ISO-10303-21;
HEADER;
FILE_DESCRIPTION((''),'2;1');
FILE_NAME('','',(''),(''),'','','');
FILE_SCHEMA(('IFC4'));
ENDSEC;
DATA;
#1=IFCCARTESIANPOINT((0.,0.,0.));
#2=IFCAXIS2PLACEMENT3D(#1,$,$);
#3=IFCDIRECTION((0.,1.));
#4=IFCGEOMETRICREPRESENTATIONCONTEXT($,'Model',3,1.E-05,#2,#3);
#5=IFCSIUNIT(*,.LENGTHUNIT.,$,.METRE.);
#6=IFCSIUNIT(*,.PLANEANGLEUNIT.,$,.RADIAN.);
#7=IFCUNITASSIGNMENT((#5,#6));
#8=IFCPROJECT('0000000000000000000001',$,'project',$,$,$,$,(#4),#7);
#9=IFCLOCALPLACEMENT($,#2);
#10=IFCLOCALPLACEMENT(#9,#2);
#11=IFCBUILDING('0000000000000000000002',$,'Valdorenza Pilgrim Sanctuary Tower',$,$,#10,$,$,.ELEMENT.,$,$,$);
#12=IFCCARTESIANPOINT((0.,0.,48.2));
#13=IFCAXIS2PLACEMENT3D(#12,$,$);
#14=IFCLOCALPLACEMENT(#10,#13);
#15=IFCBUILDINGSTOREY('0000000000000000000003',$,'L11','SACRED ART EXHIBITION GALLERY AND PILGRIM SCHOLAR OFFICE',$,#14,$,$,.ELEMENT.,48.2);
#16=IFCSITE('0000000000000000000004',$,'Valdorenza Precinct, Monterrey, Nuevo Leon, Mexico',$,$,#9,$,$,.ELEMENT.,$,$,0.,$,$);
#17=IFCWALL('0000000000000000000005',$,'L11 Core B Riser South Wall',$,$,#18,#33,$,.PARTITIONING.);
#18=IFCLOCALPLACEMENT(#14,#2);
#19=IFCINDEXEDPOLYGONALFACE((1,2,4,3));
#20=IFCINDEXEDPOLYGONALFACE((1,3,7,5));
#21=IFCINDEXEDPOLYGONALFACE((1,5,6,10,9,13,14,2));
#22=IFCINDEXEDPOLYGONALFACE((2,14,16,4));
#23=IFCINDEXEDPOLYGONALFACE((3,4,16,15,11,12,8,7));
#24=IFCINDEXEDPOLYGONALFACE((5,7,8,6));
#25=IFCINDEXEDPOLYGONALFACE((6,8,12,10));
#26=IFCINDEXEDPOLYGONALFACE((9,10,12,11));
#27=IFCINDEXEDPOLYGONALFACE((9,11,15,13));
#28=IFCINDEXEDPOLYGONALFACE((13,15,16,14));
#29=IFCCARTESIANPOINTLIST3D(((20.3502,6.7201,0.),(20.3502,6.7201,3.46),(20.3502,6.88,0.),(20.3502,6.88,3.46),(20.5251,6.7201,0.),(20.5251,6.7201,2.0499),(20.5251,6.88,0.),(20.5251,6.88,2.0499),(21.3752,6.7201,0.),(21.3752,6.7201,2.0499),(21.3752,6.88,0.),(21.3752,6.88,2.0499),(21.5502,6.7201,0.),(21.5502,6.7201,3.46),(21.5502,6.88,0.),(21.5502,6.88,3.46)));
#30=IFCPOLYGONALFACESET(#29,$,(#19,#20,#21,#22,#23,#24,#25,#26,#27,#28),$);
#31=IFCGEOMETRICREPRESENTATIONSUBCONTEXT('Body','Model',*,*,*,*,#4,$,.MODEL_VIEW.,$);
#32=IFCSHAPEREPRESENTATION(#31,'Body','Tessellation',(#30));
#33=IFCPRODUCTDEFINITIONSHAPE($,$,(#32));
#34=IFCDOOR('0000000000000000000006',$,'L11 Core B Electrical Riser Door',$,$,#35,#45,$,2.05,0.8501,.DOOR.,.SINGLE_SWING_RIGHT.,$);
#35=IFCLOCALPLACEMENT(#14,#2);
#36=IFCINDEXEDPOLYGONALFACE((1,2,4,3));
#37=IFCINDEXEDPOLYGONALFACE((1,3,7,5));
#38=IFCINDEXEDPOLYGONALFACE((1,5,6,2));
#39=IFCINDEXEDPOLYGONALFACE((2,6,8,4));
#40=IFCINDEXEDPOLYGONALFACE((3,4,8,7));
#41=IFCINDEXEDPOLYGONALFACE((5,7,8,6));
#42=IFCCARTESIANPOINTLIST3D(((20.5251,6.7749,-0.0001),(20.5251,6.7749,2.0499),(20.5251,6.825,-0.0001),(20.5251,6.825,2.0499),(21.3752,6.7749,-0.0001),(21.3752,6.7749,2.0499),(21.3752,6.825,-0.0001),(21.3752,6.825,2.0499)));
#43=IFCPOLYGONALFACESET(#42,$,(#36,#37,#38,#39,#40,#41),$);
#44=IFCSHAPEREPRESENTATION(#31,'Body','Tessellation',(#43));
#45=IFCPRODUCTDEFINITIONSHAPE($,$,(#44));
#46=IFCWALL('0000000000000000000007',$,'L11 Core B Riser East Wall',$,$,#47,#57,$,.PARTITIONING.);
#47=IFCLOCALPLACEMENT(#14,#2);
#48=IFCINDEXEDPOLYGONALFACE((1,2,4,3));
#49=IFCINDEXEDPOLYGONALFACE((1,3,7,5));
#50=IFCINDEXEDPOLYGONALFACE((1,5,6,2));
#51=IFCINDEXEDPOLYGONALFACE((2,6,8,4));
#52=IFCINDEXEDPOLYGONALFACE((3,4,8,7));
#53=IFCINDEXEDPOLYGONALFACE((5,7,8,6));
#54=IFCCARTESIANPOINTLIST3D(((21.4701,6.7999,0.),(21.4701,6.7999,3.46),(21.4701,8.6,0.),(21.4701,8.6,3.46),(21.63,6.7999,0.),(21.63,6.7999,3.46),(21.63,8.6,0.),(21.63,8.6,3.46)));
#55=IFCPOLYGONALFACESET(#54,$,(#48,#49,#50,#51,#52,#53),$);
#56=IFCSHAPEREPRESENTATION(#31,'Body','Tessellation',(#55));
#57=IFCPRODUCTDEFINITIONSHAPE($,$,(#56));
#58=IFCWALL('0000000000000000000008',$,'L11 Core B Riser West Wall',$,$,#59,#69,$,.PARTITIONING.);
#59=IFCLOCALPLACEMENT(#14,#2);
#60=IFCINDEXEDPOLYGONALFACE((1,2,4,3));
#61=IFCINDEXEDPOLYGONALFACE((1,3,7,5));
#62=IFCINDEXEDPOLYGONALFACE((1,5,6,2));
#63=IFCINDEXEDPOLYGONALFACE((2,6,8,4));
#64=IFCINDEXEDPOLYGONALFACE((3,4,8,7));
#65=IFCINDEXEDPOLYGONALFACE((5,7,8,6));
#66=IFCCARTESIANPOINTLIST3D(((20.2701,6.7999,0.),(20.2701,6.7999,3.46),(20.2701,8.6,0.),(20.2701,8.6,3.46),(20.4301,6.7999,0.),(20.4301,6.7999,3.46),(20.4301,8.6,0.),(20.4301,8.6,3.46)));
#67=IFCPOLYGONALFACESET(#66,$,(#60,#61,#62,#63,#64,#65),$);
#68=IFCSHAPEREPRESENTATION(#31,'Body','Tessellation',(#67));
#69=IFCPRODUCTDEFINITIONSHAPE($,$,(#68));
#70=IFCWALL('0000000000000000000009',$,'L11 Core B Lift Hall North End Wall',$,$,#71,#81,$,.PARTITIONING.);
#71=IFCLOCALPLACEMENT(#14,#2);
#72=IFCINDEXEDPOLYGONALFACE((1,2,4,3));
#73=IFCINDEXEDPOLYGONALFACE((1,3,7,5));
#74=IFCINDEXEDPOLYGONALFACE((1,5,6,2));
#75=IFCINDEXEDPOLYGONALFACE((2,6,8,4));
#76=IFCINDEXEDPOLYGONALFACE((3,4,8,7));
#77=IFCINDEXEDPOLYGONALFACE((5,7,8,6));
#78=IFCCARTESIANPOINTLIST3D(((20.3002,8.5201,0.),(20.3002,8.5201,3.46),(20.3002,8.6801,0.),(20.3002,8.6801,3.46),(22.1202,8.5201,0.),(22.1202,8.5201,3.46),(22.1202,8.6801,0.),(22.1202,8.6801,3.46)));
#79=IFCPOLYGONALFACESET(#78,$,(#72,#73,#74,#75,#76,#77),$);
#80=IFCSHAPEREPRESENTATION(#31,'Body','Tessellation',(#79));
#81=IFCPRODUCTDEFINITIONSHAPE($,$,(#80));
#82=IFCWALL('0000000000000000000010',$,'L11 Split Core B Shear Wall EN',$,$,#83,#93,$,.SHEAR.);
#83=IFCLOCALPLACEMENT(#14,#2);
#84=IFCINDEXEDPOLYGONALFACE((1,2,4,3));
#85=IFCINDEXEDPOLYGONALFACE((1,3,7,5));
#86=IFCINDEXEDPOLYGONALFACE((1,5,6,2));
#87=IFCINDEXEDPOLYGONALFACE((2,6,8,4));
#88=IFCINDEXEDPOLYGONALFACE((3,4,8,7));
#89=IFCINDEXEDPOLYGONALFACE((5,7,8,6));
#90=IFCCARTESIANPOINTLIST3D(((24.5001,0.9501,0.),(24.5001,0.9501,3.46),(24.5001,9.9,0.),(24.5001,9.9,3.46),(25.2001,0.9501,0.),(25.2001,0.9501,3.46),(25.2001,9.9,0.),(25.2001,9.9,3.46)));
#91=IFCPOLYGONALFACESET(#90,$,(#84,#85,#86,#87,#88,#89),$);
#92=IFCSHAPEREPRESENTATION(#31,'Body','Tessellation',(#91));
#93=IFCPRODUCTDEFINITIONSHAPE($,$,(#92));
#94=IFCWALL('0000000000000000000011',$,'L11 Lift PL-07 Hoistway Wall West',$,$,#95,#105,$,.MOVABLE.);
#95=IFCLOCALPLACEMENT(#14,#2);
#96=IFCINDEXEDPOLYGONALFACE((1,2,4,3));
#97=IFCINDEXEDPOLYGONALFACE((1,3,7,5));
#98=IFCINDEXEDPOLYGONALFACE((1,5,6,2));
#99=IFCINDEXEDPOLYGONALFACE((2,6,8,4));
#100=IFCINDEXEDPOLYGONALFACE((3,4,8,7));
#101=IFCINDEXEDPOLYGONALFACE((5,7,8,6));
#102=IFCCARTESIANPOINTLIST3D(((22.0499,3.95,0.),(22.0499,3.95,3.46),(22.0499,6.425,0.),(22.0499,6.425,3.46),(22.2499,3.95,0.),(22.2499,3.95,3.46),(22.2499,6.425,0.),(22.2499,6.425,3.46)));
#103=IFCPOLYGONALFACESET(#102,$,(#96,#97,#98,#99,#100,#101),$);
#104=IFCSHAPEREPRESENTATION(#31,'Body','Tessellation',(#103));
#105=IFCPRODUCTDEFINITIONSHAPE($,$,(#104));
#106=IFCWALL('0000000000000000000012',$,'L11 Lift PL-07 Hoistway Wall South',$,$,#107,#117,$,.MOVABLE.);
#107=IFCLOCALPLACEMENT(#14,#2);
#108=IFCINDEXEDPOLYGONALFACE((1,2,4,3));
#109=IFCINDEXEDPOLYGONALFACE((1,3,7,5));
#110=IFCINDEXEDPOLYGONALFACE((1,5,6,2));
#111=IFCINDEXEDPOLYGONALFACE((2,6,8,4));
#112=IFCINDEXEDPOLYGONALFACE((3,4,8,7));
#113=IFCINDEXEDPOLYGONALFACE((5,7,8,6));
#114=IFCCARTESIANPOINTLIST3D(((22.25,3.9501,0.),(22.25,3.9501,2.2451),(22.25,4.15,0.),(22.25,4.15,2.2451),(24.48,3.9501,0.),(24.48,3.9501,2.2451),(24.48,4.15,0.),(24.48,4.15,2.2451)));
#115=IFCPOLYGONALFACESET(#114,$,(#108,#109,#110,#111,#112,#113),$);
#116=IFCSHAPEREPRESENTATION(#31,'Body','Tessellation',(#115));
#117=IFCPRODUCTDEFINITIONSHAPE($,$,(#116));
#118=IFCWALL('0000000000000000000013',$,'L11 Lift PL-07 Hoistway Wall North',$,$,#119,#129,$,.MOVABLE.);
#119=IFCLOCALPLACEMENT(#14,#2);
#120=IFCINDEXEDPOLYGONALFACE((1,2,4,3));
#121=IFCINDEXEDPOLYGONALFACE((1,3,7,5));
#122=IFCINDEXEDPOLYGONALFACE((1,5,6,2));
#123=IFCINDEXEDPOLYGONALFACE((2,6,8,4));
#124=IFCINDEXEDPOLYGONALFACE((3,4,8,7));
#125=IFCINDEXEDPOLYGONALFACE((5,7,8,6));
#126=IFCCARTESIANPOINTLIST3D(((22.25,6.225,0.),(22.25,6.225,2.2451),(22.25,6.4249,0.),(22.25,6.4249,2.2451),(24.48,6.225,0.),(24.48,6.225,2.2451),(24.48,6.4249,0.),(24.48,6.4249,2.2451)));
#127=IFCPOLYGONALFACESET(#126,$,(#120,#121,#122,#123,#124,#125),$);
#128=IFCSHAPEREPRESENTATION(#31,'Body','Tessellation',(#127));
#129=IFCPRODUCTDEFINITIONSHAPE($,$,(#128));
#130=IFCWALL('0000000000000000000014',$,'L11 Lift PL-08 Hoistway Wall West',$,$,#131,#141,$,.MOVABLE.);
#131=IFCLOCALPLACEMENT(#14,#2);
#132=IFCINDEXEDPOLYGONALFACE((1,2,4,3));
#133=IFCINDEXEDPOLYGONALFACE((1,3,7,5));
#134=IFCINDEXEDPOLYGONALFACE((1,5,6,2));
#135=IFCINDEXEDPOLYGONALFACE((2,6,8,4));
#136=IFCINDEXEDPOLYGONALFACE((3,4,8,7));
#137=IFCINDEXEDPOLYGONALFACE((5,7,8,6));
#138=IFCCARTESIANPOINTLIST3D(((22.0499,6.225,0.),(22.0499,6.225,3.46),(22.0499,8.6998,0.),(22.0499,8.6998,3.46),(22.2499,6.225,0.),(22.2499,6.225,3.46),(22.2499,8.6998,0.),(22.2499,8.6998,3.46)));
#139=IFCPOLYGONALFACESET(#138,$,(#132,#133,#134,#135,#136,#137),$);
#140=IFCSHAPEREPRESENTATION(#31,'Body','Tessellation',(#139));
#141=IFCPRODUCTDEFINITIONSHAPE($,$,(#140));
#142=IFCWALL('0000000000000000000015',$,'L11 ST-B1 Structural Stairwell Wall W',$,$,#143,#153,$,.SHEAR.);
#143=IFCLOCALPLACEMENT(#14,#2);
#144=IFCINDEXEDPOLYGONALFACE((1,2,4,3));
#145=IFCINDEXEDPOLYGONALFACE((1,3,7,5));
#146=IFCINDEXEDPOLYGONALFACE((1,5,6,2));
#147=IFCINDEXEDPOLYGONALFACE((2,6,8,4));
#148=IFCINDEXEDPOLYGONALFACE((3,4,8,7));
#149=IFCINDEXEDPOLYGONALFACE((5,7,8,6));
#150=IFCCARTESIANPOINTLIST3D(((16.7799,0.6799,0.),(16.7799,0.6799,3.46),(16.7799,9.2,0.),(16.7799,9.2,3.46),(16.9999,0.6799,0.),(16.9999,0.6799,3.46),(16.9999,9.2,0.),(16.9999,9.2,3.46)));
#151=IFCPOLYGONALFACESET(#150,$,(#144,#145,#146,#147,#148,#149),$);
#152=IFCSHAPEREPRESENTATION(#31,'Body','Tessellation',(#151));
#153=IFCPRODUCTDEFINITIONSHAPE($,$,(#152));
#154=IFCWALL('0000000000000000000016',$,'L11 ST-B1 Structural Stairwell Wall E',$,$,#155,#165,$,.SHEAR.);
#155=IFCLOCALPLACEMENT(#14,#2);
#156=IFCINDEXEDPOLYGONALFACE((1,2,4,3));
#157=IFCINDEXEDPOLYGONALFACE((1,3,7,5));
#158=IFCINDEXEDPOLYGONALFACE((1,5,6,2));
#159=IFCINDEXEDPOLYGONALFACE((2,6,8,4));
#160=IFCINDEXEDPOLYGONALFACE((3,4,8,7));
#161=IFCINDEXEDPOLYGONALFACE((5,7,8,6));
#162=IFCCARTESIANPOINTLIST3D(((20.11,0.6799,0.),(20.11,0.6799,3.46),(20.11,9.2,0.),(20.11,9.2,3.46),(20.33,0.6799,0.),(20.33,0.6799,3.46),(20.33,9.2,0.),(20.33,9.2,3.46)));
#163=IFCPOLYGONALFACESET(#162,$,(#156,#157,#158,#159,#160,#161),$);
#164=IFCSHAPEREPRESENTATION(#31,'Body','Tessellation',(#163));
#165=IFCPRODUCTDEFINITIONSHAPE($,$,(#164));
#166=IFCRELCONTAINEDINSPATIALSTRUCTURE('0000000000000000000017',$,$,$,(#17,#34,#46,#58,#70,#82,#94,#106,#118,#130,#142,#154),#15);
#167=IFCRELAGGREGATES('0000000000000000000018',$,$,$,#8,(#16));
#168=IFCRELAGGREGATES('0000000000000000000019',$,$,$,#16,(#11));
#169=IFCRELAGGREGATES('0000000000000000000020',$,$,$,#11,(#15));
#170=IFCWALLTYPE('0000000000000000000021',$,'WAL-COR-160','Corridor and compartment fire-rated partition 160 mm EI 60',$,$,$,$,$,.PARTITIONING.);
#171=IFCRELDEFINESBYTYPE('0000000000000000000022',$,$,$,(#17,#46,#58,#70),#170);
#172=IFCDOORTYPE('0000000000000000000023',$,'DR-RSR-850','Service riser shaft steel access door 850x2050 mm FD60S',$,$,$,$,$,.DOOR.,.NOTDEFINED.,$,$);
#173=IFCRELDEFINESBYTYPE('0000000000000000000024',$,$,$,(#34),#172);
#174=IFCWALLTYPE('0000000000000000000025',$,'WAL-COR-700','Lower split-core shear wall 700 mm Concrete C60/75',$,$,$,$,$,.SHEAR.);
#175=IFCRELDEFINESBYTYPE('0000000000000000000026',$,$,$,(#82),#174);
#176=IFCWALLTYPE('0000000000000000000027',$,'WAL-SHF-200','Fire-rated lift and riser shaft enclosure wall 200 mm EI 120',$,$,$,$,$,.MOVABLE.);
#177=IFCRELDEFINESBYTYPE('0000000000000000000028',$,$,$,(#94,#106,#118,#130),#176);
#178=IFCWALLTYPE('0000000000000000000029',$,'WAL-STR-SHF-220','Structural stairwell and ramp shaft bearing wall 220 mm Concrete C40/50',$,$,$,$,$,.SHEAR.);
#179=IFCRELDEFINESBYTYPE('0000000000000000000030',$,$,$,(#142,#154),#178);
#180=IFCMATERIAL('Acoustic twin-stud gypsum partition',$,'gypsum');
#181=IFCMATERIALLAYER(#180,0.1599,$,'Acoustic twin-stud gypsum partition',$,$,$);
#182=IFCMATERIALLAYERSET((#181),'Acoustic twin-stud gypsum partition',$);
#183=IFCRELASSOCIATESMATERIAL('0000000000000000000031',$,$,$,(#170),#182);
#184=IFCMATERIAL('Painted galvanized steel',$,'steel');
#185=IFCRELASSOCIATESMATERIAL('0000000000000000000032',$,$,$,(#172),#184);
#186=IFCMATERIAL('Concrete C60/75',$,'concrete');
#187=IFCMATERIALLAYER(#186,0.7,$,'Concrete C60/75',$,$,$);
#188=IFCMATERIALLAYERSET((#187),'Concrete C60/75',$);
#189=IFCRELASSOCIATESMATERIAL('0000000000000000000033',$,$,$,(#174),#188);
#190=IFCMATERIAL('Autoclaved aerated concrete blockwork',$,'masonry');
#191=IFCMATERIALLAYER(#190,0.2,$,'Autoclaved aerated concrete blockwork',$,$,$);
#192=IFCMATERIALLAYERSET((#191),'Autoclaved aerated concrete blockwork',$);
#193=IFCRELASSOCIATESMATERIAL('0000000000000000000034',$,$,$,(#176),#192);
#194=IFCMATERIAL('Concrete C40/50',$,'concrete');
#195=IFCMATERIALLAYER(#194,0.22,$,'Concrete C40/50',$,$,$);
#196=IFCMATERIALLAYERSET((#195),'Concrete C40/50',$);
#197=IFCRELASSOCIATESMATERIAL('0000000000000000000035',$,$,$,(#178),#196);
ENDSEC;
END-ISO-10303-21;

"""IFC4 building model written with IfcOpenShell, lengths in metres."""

from ifc_helpers import new_model, si_unit, direction, frame, frame_2d, origin, place, context, subcontext, project, spatial, rectangle, extrude, material, layer, layer_set, type_object, element, fill, save


model = new_model("IFC4")

# Units and contexts
model_context = context("Model", 3, precision=1e-05, world=origin(), true_north=direction((0.0, 1.0)))
body_context = subcontext(model_context, "Body", "Model", "MODEL_VIEW")
ifc_project = project(units=[si_unit("LENGTHUNIT", "METRE"), si_unit("PLANEANGLEUNIT", "RADIAN")], contexts=[model_context])

# Site, building, storey
site_placement = place(None, origin())
site = spatial("IfcSite", under=ifc_project, at=site_placement, Name="Valdorenza Precinct, Monterrey, Nuevo Leon, Mexico", CompositionType="ELEMENT", RefElevation=0.0)
building_placement = place(site_placement, origin())
building = spatial("IfcBuilding", under=site, at=building_placement, Name="Valdorenza Pilgrim Sanctuary Tower", CompositionType="ELEMENT")
storey_placement = place(building_placement, frame((0.0, 0.0, 48.2)))
storey = spatial("IfcBuildingStorey", under=building, at=storey_placement, Name="L11", Description="SACRED ART EXHIBITION GALLERY AND PILGRIM SCHOLAR OFFICE", CompositionType="ELEMENT", Elevation=48.2)

# Wall, opening, door
ifc_material_1 = material(Name="Acoustic twin-stud gypsum partition", Category="gypsum")
ifc_layer_1 = layer(ifc_material_1, 0.1599, Name="Acoustic twin-stud gypsum partition")
ifc_layer_set_1 = layer_set([ifc_layer_1], Name="Acoustic twin-stud gypsum partition")
wall_type_1 = type_object("IfcWallType", Name="WAL-COR-160", Description="Corridor and compartment fire-rated partition 160 mm EI 60", PredefinedType="PARTITIONING", material=ifc_layer_set_1)
wall_1_placement = place(storey_placement, frame((20.3501, 6.8, 0.0), z_axis=(0.0, 0.0, 1.0), x_axis=(1.0, 0.0, 0.0)))
wall_1 = element("IfcWall", 1, at=wall_1_placement, inside=storey, type_object=wall_type_1, Name="L11 Core B Riser South Wall", PredefinedType="PARTITIONING", context=body_context, shape_type="SweptSolid", body=[
    extrude(rectangle(XDim=1.2, YDim=0.1599, at=frame_2d((0.6001, 0.0))), origin(), (0.0, 0.0, 1.0), 3.46),
])
opening_1_placement = place(wall_1_placement, frame((0.175, 0.0, 0.0)))
opening_1 = element("IfcOpeningElement", 2, at=opening_1_placement, cuts=wall_1, PredefinedType="OPENING", context=body_context, shape_type="SweptSolid", body=[
    extrude(rectangle(XDim=0.8501, YDim=2.05, at=frame_2d((0.425, 1.0249))), frame((0.0, 0.0947, 0.0), z_axis=(0.0, -1.0, 0.0), x_axis=(1.0, 0.0, 0.0)), (0.0, 0.0, 1.0), 0.1897),
])
ifc_material_2 = material(Name="Painted galvanized steel", Category="steel")
door_type_1 = type_object("IfcDoorType", Name="DR-RSR-850", Description="Service riser shaft steel access door 850x2050 mm FD60S", OperationType="NOTDEFINED", PredefinedType="DOOR", material=ifc_material_2)
door_1_placement = place(opening_1_placement, origin())
door_1 = element("IfcDoor", 3, at=door_1_placement, inside=storey, type_object=door_type_1, Name="L11 Core B Electrical Riser Door", OperationType="SINGLE_SWING_RIGHT", OverallHeight=2.05, OverallWidth=0.8501, PredefinedType="DOOR", context=body_context, shape_type="SweptSolid", body=[
    extrude(rectangle(XDim=0.8501, YDim=2.05, at=frame_2d((0.425, 1.0249))), frame((0.0, 0.0249, 0.0), z_axis=(0.0, -1.0, 0.0), x_axis=(1.0, 0.0, 0.0)), (0.0, 0.0, 1.0), 0.05),
])
fill(opening_1, door_1)

# Walls
for number, where, z_axis, x_axis, name in (
    (4, (21.55, 6.8, 0.0), (0.0, 0.0, 1.0), (0.0, 1.0, 0.0), "L11 Core B Riser East Wall"),
    (5, (20.3501, 6.8, 0.0), (0.0, 0.0, 1.0), (0.0, 1.0, 0.0), "L11 Core B Riser West Wall"),
):
    element("IfcWall", number, at=place(storey_placement, frame(where, z_axis=z_axis, x_axis=x_axis)), inside=storey, type_object=wall_type_1, Name=name, PredefinedType="PARTITIONING", context=body_context, shape_type="SweptSolid", body=[
        extrude(rectangle(XDim=1.8, YDim=0.1599, at=frame_2d((0.8999, 0.0))), origin(), (0.0, 0.0, 1.0), 3.46),
    ])
wall_2_placement = place(storey_placement, frame((20.3, 8.6001, 0.0), z_axis=(0.0, 0.0, 1.0), x_axis=(1.0, 0.0, 0.0)))
element("IfcWall", 6, at=wall_2_placement, inside=storey, type_object=wall_type_1, Name="L11 Core B Lift Hall North End Wall", PredefinedType="PARTITIONING", context=body_context, shape_type="SweptSolid", body=[
    extrude(rectangle(XDim=1.8201, YDim=0.1599, at=frame_2d((0.9102, 0.0))), origin(), (0.0, 0.0, 1.0), 3.46),
])
ifc_material_3 = material(Name="Concrete C60/75", Category="concrete")
ifc_layer_2 = layer(ifc_material_3, 0.7, Name="Concrete C60/75")
ifc_layer_set_2 = layer_set([ifc_layer_2], Name="Concrete C60/75")
wall_type_2 = type_object("IfcWallType", Name="WAL-COR-700", Description="Lower split-core shear wall 700 mm Concrete C60/75", PredefinedType="SHEAR", material=ifc_layer_set_2)
wall_3_placement = place(storey_placement, frame((24.8501, 0.95, 0.0), z_axis=(0.0, 0.0, 1.0), x_axis=(0.0, 1.0, 0.0)))
element("IfcWall", 7, at=wall_3_placement, inside=storey, type_object=wall_type_2, Name="L11 Split Core B Shear Wall EN", PredefinedType="SHEAR", context=body_context, shape_type="SweptSolid", body=[
    extrude(rectangle(XDim=8.95, YDim=0.7, at=frame_2d((4.4751, 0.0))), origin(), (0.0, 0.0, 1.0), 3.46),
])
ifc_material_4 = material(Name="Autoclaved aerated concrete blockwork", Category="masonry")
ifc_layer_3 = layer(ifc_material_4, 0.2, Name="Autoclaved aerated concrete blockwork")
ifc_layer_set_3 = layer_set([ifc_layer_3], Name="Autoclaved aerated concrete blockwork")
wall_type_3 = type_object("IfcWallType", Name="WAL-SHF-200", Description="Fire-rated lift and riser shaft enclosure wall 200 mm EI 120", PredefinedType="MOVABLE", material=ifc_layer_set_3)
wall_4_placement = place(storey_placement, frame((22.1499, 3.95, 0.0), z_axis=(0.0, 0.0, 1.0), x_axis=(0.0, 1.0, 0.0)))
element("IfcWall", 8, at=wall_4_placement, inside=storey, type_object=wall_type_3, Name="L11 Lift PL-07 Hoistway Wall West", PredefinedType="MOVABLE", context=body_context, shape_type="SweptSolid", body=[
    extrude(rectangle(XDim=2.4751, YDim=0.2, at=frame_2d((1.2375, 0.0))), origin(), (0.0, 0.0, 1.0), 3.46),
])
for number, where, z_axis, x_axis, name in (
    (9, (22.25, 4.05, 0.0), (0.0, 0.0, 1.0), (1.0, 0.0, 0.0), "L11 Lift PL-07 Hoistway Wall South"),
    (10, (22.25, 6.325, 0.0), (0.0, 0.0, 1.0), (1.0, 0.0, 0.0), "L11 Lift PL-07 Hoistway Wall North"),
):
    element("IfcWall", number, at=place(storey_placement, frame(where, z_axis=z_axis, x_axis=x_axis)), inside=storey, type_object=wall_type_3, Name=name, PredefinedType="MOVABLE", context=body_context, shape_type="SweptSolid", body=[
        extrude(rectangle(XDim=2.23, YDim=0.2, at=frame_2d((1.115, 0.0))), origin(), (0.0, 0.0, 1.0), 2.2451),
    ])
wall_5_placement = place(storey_placement, frame((22.1499, 6.2251, 0.0), z_axis=(0.0, 0.0, 1.0), x_axis=(0.0, 1.0, 0.0)))
element("IfcWall", 11, at=wall_5_placement, inside=storey, type_object=wall_type_3, Name="L11 Lift PL-08 Hoistway Wall West", PredefinedType="MOVABLE", context=body_context, shape_type="SweptSolid", body=[
    extrude(rectangle(XDim=2.4749, YDim=0.2, at=frame_2d((1.2373, 0.0))), origin(), (0.0, 0.0, 1.0), 3.46),
])
ifc_material_5 = material(Name="Concrete C40/50", Category="concrete")
ifc_layer_4 = layer(ifc_material_5, 0.22, Name="Concrete C40/50")
ifc_layer_set_4 = layer_set([ifc_layer_4], Name="Concrete C40/50")
wall_type_4 = type_object("IfcWallType", Name="WAL-STR-SHF-220", Description="Structural stairwell and ramp shaft bearing wall 220 mm Concrete C40/50", PredefinedType="SHEAR", material=ifc_layer_set_4)
for number, where, z_axis, x_axis, name in (
    (12, (16.8899, 0.6799, 0.0), (0.0, 0.0, 1.0), (0.0, 1.0, 0.0), "L11 ST-B1 Structural Stairwell Wall W"),
    (13, (20.22, 0.6799, 0.0), (0.0, 0.0, 1.0), (0.0, 1.0, 0.0), "L11 ST-B1 Structural Stairwell Wall E"),
):
    element("IfcWall", number, at=place(storey_placement, frame(where, z_axis=z_axis, x_axis=x_axis)), inside=storey, type_object=wall_type_4, Name=name, PredefinedType="SHEAR", context=body_context, shape_type="SweptSolid", body=[
        extrude(rectangle(XDim=8.52, YDim=0.22, at=frame_2d((4.26, 0.0))), origin(), (0.0, 0.0, 1.0), 3.46),
    ])

save(model, "model.ifc")
